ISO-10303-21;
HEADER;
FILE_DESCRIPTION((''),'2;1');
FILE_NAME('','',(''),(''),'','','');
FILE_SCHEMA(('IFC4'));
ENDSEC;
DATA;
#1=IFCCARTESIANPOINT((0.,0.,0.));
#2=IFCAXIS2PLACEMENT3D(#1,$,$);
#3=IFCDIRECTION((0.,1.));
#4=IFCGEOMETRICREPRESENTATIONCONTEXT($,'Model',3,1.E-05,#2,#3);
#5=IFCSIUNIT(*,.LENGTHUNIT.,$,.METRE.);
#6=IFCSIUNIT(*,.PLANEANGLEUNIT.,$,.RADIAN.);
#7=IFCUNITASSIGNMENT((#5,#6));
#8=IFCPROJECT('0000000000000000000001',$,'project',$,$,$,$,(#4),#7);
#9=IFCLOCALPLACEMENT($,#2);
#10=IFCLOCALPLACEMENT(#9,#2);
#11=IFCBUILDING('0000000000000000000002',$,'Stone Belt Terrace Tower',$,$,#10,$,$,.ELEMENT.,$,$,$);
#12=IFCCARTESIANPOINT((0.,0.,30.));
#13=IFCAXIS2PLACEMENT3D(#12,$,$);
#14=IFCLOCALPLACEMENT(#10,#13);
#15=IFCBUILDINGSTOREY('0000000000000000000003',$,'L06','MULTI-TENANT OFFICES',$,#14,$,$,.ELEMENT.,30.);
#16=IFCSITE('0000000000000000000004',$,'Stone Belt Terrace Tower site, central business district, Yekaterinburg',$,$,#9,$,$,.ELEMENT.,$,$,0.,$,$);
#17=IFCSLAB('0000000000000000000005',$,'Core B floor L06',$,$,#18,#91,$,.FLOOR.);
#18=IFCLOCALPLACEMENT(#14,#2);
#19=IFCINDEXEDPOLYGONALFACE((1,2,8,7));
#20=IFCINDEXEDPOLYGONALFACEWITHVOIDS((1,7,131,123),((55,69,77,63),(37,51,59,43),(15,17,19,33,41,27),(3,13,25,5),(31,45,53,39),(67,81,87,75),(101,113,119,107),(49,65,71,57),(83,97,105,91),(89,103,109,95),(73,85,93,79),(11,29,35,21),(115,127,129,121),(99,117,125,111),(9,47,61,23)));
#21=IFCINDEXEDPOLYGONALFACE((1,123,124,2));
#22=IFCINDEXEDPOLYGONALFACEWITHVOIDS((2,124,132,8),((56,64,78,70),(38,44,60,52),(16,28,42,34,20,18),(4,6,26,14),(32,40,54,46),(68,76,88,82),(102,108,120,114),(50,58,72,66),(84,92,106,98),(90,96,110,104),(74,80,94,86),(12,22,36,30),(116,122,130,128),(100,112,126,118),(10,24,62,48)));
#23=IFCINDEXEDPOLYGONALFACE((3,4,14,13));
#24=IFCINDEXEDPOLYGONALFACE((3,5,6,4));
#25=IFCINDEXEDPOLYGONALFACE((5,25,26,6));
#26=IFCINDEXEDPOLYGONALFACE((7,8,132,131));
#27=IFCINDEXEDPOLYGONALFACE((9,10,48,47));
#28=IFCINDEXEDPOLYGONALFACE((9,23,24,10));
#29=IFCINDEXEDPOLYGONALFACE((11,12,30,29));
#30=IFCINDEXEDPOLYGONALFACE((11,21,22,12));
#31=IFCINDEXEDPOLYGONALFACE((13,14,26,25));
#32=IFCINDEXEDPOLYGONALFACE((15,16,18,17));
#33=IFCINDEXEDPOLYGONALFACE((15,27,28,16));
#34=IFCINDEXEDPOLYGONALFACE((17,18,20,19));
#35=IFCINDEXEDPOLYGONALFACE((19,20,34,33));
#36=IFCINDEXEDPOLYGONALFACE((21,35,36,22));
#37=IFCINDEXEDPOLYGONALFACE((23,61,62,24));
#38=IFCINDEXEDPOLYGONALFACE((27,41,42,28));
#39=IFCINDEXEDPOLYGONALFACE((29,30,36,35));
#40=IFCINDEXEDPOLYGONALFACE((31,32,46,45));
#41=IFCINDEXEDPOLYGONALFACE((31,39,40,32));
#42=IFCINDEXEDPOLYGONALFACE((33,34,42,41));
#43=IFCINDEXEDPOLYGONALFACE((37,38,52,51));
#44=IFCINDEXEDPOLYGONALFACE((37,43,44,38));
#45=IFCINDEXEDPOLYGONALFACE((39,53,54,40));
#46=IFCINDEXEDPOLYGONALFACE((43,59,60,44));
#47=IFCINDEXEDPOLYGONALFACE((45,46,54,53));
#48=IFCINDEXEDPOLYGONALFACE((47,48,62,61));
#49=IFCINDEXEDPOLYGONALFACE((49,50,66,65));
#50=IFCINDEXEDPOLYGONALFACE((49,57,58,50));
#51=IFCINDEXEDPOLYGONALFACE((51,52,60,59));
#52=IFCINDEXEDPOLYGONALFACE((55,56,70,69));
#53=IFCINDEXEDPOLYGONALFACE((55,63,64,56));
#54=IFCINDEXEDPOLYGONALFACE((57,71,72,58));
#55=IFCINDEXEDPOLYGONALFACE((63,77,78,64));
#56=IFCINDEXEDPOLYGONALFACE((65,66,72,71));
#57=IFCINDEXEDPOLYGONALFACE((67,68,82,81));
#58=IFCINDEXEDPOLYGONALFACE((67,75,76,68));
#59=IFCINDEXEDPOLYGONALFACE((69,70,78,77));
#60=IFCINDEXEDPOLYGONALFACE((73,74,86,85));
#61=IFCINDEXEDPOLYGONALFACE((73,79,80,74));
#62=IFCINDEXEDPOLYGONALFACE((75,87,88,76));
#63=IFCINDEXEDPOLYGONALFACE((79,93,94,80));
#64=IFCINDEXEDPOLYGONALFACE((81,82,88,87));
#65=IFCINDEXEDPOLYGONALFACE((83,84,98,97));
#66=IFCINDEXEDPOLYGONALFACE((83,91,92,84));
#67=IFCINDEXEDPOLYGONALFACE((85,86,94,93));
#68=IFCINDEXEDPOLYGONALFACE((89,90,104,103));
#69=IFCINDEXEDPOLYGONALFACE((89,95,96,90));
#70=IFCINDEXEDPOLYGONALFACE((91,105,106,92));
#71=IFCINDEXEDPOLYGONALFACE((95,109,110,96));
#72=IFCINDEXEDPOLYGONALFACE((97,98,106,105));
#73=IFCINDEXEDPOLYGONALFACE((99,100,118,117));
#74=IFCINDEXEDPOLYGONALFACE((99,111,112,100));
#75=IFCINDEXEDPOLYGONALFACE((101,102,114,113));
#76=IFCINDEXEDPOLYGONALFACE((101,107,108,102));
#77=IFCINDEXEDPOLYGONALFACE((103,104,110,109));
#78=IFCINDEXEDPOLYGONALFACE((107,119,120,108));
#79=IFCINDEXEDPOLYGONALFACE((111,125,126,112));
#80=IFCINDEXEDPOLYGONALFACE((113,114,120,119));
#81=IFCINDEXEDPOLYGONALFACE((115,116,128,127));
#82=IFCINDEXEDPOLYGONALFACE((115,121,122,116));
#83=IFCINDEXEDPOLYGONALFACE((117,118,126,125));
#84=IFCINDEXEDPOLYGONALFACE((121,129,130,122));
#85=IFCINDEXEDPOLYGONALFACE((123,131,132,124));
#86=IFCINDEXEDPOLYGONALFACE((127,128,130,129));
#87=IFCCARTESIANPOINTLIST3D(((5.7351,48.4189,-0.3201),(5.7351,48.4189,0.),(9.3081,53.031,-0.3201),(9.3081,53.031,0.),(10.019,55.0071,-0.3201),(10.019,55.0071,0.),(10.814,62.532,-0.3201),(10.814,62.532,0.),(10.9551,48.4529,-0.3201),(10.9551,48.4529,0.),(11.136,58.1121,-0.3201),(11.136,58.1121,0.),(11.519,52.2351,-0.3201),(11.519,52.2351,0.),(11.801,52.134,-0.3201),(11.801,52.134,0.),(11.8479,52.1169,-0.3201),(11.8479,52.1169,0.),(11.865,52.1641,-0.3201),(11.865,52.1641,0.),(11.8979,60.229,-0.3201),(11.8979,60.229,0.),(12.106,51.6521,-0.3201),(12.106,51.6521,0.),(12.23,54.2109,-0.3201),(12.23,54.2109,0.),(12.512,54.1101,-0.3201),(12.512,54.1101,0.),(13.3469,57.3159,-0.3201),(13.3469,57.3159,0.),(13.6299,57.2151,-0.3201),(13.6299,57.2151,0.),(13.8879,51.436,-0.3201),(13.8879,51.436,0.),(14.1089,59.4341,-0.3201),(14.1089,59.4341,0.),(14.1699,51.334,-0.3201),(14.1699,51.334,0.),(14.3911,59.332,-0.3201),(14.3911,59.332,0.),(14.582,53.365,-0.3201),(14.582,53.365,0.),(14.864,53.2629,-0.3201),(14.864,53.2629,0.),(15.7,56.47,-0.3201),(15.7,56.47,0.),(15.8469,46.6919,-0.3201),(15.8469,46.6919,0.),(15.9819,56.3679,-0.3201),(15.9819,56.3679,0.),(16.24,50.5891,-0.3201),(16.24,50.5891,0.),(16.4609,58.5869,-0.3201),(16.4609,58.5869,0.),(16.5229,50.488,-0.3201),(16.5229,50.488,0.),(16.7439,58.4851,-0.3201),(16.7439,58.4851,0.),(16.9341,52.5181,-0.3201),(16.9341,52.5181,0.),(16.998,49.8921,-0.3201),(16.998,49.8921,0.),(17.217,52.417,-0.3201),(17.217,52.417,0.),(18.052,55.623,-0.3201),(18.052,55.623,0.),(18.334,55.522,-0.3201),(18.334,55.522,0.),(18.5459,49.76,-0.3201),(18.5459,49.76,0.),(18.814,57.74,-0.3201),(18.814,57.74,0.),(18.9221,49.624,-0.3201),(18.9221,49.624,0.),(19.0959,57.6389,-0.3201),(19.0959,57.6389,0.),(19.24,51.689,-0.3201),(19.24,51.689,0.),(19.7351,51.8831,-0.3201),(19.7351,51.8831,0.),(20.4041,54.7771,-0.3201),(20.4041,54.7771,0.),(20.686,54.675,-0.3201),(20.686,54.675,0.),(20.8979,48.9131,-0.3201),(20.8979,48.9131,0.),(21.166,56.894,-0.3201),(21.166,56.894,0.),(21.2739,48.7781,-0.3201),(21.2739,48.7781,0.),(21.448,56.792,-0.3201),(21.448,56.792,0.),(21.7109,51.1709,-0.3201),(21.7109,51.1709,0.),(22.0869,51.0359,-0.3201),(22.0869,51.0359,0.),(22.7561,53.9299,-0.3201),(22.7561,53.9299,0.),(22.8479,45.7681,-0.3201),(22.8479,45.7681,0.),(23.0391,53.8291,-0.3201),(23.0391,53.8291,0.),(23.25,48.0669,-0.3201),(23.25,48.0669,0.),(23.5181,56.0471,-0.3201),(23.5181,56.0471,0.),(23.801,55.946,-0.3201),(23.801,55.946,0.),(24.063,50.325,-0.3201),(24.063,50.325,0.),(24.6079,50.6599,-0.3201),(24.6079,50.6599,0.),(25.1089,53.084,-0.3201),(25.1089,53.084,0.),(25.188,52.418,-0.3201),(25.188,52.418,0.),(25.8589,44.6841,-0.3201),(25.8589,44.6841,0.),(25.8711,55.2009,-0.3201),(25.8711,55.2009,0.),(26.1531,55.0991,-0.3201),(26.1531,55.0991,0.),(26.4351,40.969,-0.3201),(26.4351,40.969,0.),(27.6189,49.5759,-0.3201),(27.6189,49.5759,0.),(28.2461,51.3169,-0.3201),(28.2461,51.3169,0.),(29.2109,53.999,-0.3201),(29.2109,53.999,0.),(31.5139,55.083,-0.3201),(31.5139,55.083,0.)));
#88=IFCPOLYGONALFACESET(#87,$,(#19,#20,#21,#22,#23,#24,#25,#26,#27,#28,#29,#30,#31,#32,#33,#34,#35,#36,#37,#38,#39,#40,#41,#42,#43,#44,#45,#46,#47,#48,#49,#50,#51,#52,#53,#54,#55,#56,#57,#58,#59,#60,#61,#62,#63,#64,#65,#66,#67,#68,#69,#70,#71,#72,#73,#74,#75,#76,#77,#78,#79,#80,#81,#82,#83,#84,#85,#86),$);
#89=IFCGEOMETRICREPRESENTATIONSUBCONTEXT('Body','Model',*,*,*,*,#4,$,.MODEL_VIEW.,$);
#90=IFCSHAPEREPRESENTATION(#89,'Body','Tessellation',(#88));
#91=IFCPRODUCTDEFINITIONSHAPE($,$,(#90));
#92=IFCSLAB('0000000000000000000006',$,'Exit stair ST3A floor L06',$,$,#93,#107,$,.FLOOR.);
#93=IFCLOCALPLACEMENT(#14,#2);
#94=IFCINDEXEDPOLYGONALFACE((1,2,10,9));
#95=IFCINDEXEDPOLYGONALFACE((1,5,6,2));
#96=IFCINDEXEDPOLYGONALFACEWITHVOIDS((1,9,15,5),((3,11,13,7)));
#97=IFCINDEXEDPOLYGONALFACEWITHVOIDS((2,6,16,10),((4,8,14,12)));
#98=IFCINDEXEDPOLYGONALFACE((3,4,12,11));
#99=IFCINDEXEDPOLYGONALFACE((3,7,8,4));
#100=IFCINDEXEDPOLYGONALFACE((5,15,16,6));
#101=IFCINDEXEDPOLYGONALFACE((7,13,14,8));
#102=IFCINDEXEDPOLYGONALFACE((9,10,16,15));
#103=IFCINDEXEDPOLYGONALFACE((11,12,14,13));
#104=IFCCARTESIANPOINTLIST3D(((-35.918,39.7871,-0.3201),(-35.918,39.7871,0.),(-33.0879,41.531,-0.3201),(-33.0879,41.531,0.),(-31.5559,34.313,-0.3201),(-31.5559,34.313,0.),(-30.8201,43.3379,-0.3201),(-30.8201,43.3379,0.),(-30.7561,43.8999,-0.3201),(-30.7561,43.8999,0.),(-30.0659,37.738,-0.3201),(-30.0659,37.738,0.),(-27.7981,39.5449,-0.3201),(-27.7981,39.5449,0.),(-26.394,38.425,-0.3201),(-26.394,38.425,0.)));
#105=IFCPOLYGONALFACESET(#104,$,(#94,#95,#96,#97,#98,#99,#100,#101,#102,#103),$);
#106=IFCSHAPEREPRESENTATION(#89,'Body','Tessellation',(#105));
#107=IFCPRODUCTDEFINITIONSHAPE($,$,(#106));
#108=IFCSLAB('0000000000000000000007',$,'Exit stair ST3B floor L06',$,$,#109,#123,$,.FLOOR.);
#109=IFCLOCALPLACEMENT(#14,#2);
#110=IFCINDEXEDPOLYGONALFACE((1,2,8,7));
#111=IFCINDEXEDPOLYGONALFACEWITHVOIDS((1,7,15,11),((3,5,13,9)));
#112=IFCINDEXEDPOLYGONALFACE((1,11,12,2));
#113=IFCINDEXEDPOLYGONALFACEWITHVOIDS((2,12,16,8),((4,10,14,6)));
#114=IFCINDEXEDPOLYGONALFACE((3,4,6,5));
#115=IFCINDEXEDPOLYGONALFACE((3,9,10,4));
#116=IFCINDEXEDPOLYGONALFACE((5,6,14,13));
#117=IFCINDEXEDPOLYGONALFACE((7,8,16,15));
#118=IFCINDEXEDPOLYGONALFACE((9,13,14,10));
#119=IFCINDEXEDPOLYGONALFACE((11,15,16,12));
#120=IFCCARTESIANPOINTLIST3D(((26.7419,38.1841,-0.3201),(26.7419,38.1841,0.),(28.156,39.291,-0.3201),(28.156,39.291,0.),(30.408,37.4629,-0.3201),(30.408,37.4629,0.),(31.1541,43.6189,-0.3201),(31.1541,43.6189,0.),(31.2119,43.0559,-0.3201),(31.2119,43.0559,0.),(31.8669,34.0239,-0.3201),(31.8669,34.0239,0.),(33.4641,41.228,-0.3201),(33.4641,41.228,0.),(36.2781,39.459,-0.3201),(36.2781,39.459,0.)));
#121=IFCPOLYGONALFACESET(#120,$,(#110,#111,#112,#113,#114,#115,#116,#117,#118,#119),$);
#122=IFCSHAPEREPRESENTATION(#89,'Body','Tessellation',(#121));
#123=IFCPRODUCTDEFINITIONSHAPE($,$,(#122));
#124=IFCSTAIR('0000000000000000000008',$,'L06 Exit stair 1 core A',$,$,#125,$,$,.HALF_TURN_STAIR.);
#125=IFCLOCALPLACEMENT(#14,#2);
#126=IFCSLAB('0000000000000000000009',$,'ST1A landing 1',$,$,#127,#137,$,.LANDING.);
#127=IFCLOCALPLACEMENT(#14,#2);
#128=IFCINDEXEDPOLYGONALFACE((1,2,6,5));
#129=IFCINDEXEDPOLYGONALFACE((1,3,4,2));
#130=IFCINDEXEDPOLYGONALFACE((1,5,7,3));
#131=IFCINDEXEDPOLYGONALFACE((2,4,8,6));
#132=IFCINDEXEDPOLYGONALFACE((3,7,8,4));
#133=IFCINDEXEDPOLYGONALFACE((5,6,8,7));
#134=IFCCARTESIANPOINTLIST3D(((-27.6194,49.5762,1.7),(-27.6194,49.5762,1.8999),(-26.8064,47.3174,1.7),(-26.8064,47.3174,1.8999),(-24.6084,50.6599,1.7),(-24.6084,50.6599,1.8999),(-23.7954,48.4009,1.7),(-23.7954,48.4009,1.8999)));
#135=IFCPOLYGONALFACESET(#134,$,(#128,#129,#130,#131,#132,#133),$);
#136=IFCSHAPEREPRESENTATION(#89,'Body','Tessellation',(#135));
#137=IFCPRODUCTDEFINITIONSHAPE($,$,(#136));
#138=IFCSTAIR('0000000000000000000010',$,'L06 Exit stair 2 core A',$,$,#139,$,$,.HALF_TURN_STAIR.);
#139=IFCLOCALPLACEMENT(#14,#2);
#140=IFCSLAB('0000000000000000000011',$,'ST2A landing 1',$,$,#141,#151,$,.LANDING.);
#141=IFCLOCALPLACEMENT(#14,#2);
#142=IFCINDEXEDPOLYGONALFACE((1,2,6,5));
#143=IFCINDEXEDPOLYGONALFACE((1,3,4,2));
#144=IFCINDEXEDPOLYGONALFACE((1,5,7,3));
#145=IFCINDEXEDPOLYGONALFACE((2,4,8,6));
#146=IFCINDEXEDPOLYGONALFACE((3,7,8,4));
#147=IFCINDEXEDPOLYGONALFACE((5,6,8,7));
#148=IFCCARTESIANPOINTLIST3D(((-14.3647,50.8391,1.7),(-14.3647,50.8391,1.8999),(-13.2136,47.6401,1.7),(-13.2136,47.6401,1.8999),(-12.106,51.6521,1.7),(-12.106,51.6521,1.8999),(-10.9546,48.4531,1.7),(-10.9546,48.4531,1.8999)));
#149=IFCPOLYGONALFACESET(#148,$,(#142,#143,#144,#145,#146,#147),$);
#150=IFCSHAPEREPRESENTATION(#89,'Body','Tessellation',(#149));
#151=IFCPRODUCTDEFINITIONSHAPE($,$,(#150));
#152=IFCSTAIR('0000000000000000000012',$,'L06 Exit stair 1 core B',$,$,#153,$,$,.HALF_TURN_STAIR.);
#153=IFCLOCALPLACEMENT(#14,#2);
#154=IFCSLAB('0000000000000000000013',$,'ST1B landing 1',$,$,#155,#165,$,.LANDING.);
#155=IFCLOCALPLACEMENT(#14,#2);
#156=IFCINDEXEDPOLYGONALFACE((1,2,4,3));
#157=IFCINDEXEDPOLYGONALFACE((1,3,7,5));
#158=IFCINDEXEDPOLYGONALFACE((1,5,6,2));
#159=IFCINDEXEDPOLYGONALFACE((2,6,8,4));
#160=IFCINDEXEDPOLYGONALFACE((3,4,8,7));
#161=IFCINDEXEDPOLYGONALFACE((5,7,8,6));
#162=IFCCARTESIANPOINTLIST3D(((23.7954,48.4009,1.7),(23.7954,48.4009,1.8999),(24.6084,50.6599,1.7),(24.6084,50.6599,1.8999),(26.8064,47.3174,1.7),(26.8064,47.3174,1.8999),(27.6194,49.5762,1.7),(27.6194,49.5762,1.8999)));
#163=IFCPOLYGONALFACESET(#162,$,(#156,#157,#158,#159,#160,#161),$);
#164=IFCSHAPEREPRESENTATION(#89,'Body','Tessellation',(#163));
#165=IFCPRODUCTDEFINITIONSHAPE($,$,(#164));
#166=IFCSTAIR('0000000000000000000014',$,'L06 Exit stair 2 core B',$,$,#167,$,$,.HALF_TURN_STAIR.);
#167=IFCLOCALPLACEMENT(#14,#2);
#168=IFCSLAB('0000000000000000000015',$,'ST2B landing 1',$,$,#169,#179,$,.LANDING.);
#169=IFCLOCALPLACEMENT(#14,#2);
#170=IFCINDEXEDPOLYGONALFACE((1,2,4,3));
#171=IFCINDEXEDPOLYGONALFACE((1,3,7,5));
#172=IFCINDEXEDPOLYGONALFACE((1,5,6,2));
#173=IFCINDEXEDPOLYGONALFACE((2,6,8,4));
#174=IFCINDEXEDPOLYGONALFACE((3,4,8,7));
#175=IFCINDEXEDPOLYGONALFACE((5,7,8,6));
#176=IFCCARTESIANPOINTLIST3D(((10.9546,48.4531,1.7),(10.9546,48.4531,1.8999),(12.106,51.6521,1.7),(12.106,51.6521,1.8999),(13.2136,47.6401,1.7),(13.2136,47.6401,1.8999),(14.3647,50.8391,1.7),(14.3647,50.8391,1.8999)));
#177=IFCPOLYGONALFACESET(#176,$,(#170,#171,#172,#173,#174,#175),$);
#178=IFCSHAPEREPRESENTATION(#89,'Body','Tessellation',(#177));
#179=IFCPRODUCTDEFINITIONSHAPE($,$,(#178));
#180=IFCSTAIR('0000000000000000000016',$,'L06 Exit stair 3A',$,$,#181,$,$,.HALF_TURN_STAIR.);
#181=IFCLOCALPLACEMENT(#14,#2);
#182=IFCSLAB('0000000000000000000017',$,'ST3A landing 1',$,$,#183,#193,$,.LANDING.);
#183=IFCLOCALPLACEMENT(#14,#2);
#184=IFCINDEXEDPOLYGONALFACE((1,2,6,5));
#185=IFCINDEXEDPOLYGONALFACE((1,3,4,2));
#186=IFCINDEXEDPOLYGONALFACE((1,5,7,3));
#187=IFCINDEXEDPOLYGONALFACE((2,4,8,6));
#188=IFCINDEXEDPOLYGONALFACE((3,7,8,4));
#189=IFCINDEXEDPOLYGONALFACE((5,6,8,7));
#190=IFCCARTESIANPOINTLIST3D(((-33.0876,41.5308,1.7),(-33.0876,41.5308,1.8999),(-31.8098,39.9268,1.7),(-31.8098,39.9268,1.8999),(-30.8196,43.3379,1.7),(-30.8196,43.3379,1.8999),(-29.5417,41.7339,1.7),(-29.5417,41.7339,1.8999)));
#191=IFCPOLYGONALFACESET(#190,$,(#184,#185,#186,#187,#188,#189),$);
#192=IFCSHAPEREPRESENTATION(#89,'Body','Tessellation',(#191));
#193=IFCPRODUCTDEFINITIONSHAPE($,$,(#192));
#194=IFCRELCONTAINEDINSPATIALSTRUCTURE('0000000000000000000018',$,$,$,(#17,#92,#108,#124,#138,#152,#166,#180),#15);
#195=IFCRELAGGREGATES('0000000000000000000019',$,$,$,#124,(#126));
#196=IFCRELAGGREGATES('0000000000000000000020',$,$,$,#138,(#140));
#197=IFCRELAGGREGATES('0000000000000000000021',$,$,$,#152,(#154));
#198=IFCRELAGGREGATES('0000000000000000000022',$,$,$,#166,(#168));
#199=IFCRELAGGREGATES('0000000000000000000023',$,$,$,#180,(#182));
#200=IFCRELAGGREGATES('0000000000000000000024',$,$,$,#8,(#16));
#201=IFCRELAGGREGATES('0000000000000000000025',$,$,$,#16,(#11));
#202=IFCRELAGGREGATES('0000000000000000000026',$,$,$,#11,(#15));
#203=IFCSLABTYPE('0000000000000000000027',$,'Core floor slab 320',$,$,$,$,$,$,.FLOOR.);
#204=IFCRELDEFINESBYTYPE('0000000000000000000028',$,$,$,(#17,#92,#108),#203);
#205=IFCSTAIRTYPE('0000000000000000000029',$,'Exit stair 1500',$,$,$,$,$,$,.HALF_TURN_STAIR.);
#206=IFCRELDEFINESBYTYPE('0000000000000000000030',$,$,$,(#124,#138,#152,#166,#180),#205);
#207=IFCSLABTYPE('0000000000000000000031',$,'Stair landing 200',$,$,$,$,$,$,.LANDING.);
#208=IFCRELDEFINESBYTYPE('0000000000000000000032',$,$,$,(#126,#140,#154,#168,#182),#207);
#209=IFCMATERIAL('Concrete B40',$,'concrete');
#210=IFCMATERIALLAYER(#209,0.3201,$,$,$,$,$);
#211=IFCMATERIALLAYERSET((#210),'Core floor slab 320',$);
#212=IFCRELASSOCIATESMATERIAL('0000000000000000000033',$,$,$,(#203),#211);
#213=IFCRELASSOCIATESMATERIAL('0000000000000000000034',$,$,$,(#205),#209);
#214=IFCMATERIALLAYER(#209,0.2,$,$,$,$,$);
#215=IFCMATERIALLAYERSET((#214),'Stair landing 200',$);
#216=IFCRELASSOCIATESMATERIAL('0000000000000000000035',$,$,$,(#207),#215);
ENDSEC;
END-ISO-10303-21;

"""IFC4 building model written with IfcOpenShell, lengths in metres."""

from ifc_helpers import new_model, si_unit, direction, frame, origin, place, context, subcontext, project, spatial, polyline, outline, extrude, material, layer, layer_set, type_object, element, aggregate, save


model = new_model("IFC4")

# Units and contexts
model_context = context("Model", 3, precision=1e-05, world=origin(), true_north=direction((0.0, 1.0)))
body_context = subcontext(model_context, "Body", "Model", "MODEL_VIEW")
ifc_project = project(units=[si_unit("LENGTHUNIT", "METRE"), si_unit("PLANEANGLEUNIT", "RADIAN")], contexts=[model_context])

# Site, building, storey
site_placement = place(None, origin())
site = spatial("IfcSite", under=ifc_project, at=site_placement, Name="Stone Belt Terrace Tower site, central business district, Yekaterinburg", CompositionType="ELEMENT", RefElevation=0.0)
building_placement = place(site_placement, origin())
building = spatial("IfcBuilding", under=site, at=building_placement, Name="Stone Belt Terrace Tower", CompositionType="ELEMENT")
storey_placement = place(building_placement, frame((0.0, 0.0, 30.0)))
storey = spatial("IfcBuildingStorey", under=building, at=storey_placement, Name="L06", Description="MULTI-TENANT OFFICES", CompositionType="ELEMENT", Elevation=30.0)

# Slabs
ifc_material_1 = material(Name="Concrete B40", Category="concrete")
ifc_layer_1 = layer(ifc_material_1, 0.3201)
ifc_layer_set_1 = layer_set([ifc_layer_1], Name="Core floor slab 320")
slab_type_1 = type_object("IfcSlabType", Name="Core floor slab 320", PredefinedType="FLOOR", material=ifc_layer_set_1)
slab_1_placement = place(storey_placement, frame((0.0, 0.0, -0.3201)))
element("IfcSlab", 1, at=slab_1_placement, inside=storey, type_object=slab_type_1, Name="Core B floor L06", PredefinedType="FLOOR", context=body_context, shape_type="SweptSolid", body=[
    extrude(outline(polyline([(26.4351, 40.969), (31.5139, 55.083), (10.814, 62.532), (5.7351, 48.4189), (26.4351, 40.969)]), holes=[polyline([(12.106, 51.6521), (16.998, 49.8921), (15.8469, 46.6919), (10.9551, 48.4529), (12.106, 51.6521)]), polyline([(19.24, 51.689), (18.5459, 49.76), (16.5229, 50.488), (17.217, 52.417), (19.24, 51.689)]), polyline([(16.24, 50.5891), (14.1699, 51.334), (14.864, 53.2629), (16.9341, 52.5181), (16.24, 50.5891)]), polyline([(14.582, 53.365), (13.8879, 51.436), (11.865, 52.1641), (11.8479, 52.1169), (11.801, 52.134), (12.512, 54.1101), (14.582, 53.365)]), polyline([(9.3081, 53.031), (10.019, 55.0071), (12.23, 54.2109), (11.519, 52.2351), (9.3081, 53.031)]), polyline([(16.7439, 58.4851), (18.814, 57.74), (18.052, 55.623), (15.9819, 56.3679), (16.7439, 58.4851)]), polyline([(14.3911, 59.332), (16.4609, 58.5869), (15.7, 56.47), (13.6299, 57.2151), (14.3911, 59.332)]), polyline([(11.8979, 60.229), (14.1089, 59.4341), (13.3469, 57.3159), (11.136, 58.1121), (11.8979, 60.229)]), polyline([(25.8589, 44.6841), (22.8479, 45.7681), (24.6079, 50.6599), (27.6189, 49.5759), (25.8589, 44.6841)]), polyline([(21.2739, 48.7781), (22.0869, 51.0359), (24.063, 50.325), (23.25, 48.0669), (21.2739, 48.7781)]), polyline([(18.9221, 49.624), (19.7351, 51.8831), (21.7109, 51.1709), (20.8979, 48.9131), (18.9221, 49.624)]), polyline([(29.2109, 53.999), (28.2461, 51.3169), (25.188, 52.418), (26.1531, 55.0991), (29.2109, 53.999)]), polyline([(23.801, 55.946), (25.8711, 55.2009), (25.1089, 53.084), (23.0391, 53.8291), (23.801, 55.946)]), polyline([(21.448, 56.792), (23.5181, 56.0471), (22.7561, 53.9299), (20.686, 54.675), (21.448, 56.792)]), polyline([(19.0959, 57.6389), (21.166, 56.894), (20.4041, 54.7771), (18.334, 55.522), (19.0959, 57.6389)])]), origin(), (0.0, 0.0, 1.0), 0.3201),
])
slab_2_placement = place(storey_placement, frame((0.0, 0.0, -0.3201)))
element("IfcSlab", 2, at=slab_2_placement, inside=storey, type_object=slab_type_1, Name="Exit stair ST3A floor L06", PredefinedType="FLOOR", context=body_context, shape_type="SweptSolid", body=[
    extrude(outline(polyline([(-26.394, 38.425), (-30.7561, 43.8999), (-35.918, 39.7871), (-31.5559, 34.313), (-26.394, 38.425)]), holes=[polyline([(-27.7981, 39.5449), (-30.0659, 37.738), (-33.0879, 41.531), (-30.8201, 43.3379), (-27.7981, 39.5449)])]), origin(), (0.0, 0.0, 1.0), 0.3201),
])
slab_3_placement = place(storey_placement, frame((0.0, 0.0, -0.3201)))
element("IfcSlab", 3, at=slab_3_placement, inside=storey, type_object=slab_type_1, Name="Exit stair ST3B floor L06", PredefinedType="FLOOR", context=body_context, shape_type="SweptSolid", body=[
    extrude(outline(polyline([(26.7419, 38.1841), (31.8669, 34.0239), (36.2781, 39.459), (31.1541, 43.6189), (26.7419, 38.1841)]), holes=[polyline([(30.408, 37.4629), (28.156, 39.291), (31.2119, 43.0559), (33.4641, 41.228), (30.408, 37.4629)])]), origin(), (0.0, 0.0, 1.0), 0.3201),
])

# Stairs, slabs
stair_type = type_object("IfcStairType", Name="Exit stair 1500", PredefinedType="HALF_TURN_STAIR", material=ifc_material_1)
stair_1_placement = place(storey_placement, origin())
stair_1 = element("IfcStair", 4, at=stair_1_placement, inside=storey, type_object=stair_type, Name="L06 Exit stair 1 core A", PredefinedType="HALF_TURN_STAIR")
ifc_layer_2 = layer(ifc_material_1, 0.2)
ifc_layer_set_2 = layer_set([ifc_layer_2], Name="Stair landing 200")
slab_type_2 = type_object("IfcSlabType", Name="Stair landing 200", PredefinedType="LANDING", material=ifc_layer_set_2)
slab_4_placement = place(storey_placement, frame((0.0, 0.0, 1.7)))
slab_4 = element("IfcSlab", 5, at=slab_4_placement, type_object=slab_type_2, Name="ST1A landing 1", PredefinedType="LANDING", context=body_context, shape_type="SweptSolid", body=[
    extrude(outline(polyline([(-23.7954, 48.4009), (-24.6084, 50.6599), (-27.6194, 49.5762), (-26.8064, 47.3174), (-23.7954, 48.4009)])), origin(), (0.0, 0.0, 1.0), 0.2),
])
aggregate(stair_1, [slab_4])
stair_2_placement = place(storey_placement, origin())
stair_2 = element("IfcStair", 6, at=stair_2_placement, inside=storey, type_object=stair_type, Name="L06 Exit stair 2 core A", PredefinedType="HALF_TURN_STAIR")
slab_5_placement = place(storey_placement, frame((0.0, 0.0, 1.7)))
slab_5 = element("IfcSlab", 7, at=slab_5_placement, type_object=slab_type_2, Name="ST2A landing 1", PredefinedType="LANDING", context=body_context, shape_type="SweptSolid", body=[
    extrude(outline(polyline([(-13.2136, 47.6401), (-10.9546, 48.4531), (-12.106, 51.6521), (-14.3647, 50.8391), (-13.2136, 47.6401)])), origin(), (0.0, 0.0, 1.0), 0.2),
])
aggregate(stair_2, [slab_5])
stair_3_placement = place(storey_placement, origin())
stair_3 = element("IfcStair", 8, at=stair_3_placement, inside=storey, type_object=stair_type, Name="L06 Exit stair 1 core B", PredefinedType="HALF_TURN_STAIR")
slab_6_placement = place(storey_placement, frame((0.0, 0.0, 1.7)))
slab_6 = element("IfcSlab", 9, at=slab_6_placement, type_object=slab_type_2, Name="ST1B landing 1", PredefinedType="LANDING", context=body_context, shape_type="SweptSolid", body=[
    extrude(outline(polyline([(26.8064, 47.3174), (27.6194, 49.5762), (24.6084, 50.6599), (23.7954, 48.4009), (26.8064, 47.3174)])), origin(), (0.0, 0.0, 1.0), 0.2),
])
aggregate(stair_3, [slab_6])
stair_4_placement = place(storey_placement, origin())
stair_4 = element("IfcStair", 10, at=stair_4_placement, inside=storey, type_object=stair_type, Name="L06 Exit stair 2 core B", PredefinedType="HALF_TURN_STAIR")
slab_7_placement = place(storey_placement, frame((0.0, 0.0, 1.7)))
slab_7 = element("IfcSlab", 11, at=slab_7_placement, type_object=slab_type_2, Name="ST2B landing 1", PredefinedType="LANDING", context=body_context, shape_type="SweptSolid", body=[
    extrude(outline(polyline([(14.3647, 50.8391), (12.106, 51.6521), (10.9546, 48.4531), (13.2136, 47.6401), (14.3647, 50.8391)])), origin(), (0.0, 0.0, 1.0), 0.2),
])
aggregate(stair_4, [slab_7])
stair_5_placement = place(storey_placement, origin())
stair_5 = element("IfcStair", 12, at=stair_5_placement, inside=storey, type_object=stair_type, Name="L06 Exit stair 3A", PredefinedType="HALF_TURN_STAIR")
slab_8_placement = place(storey_placement, frame((0.0, 0.0, 1.7)))
slab_8 = element("IfcSlab", 13, at=slab_8_placement, type_object=slab_type_2, Name="ST3A landing 1", PredefinedType="LANDING", context=body_context, shape_type="SweptSolid", body=[
    extrude(outline(polyline([(-29.5417, 41.7339), (-30.8196, 43.3379), (-33.0876, 41.5308), (-31.8098, 39.9268), (-29.5417, 41.7339)])), origin(), (0.0, 0.0, 1.0), 0.2),
])
aggregate(stair_5, [slab_8])

save(model, "model.ifc")
